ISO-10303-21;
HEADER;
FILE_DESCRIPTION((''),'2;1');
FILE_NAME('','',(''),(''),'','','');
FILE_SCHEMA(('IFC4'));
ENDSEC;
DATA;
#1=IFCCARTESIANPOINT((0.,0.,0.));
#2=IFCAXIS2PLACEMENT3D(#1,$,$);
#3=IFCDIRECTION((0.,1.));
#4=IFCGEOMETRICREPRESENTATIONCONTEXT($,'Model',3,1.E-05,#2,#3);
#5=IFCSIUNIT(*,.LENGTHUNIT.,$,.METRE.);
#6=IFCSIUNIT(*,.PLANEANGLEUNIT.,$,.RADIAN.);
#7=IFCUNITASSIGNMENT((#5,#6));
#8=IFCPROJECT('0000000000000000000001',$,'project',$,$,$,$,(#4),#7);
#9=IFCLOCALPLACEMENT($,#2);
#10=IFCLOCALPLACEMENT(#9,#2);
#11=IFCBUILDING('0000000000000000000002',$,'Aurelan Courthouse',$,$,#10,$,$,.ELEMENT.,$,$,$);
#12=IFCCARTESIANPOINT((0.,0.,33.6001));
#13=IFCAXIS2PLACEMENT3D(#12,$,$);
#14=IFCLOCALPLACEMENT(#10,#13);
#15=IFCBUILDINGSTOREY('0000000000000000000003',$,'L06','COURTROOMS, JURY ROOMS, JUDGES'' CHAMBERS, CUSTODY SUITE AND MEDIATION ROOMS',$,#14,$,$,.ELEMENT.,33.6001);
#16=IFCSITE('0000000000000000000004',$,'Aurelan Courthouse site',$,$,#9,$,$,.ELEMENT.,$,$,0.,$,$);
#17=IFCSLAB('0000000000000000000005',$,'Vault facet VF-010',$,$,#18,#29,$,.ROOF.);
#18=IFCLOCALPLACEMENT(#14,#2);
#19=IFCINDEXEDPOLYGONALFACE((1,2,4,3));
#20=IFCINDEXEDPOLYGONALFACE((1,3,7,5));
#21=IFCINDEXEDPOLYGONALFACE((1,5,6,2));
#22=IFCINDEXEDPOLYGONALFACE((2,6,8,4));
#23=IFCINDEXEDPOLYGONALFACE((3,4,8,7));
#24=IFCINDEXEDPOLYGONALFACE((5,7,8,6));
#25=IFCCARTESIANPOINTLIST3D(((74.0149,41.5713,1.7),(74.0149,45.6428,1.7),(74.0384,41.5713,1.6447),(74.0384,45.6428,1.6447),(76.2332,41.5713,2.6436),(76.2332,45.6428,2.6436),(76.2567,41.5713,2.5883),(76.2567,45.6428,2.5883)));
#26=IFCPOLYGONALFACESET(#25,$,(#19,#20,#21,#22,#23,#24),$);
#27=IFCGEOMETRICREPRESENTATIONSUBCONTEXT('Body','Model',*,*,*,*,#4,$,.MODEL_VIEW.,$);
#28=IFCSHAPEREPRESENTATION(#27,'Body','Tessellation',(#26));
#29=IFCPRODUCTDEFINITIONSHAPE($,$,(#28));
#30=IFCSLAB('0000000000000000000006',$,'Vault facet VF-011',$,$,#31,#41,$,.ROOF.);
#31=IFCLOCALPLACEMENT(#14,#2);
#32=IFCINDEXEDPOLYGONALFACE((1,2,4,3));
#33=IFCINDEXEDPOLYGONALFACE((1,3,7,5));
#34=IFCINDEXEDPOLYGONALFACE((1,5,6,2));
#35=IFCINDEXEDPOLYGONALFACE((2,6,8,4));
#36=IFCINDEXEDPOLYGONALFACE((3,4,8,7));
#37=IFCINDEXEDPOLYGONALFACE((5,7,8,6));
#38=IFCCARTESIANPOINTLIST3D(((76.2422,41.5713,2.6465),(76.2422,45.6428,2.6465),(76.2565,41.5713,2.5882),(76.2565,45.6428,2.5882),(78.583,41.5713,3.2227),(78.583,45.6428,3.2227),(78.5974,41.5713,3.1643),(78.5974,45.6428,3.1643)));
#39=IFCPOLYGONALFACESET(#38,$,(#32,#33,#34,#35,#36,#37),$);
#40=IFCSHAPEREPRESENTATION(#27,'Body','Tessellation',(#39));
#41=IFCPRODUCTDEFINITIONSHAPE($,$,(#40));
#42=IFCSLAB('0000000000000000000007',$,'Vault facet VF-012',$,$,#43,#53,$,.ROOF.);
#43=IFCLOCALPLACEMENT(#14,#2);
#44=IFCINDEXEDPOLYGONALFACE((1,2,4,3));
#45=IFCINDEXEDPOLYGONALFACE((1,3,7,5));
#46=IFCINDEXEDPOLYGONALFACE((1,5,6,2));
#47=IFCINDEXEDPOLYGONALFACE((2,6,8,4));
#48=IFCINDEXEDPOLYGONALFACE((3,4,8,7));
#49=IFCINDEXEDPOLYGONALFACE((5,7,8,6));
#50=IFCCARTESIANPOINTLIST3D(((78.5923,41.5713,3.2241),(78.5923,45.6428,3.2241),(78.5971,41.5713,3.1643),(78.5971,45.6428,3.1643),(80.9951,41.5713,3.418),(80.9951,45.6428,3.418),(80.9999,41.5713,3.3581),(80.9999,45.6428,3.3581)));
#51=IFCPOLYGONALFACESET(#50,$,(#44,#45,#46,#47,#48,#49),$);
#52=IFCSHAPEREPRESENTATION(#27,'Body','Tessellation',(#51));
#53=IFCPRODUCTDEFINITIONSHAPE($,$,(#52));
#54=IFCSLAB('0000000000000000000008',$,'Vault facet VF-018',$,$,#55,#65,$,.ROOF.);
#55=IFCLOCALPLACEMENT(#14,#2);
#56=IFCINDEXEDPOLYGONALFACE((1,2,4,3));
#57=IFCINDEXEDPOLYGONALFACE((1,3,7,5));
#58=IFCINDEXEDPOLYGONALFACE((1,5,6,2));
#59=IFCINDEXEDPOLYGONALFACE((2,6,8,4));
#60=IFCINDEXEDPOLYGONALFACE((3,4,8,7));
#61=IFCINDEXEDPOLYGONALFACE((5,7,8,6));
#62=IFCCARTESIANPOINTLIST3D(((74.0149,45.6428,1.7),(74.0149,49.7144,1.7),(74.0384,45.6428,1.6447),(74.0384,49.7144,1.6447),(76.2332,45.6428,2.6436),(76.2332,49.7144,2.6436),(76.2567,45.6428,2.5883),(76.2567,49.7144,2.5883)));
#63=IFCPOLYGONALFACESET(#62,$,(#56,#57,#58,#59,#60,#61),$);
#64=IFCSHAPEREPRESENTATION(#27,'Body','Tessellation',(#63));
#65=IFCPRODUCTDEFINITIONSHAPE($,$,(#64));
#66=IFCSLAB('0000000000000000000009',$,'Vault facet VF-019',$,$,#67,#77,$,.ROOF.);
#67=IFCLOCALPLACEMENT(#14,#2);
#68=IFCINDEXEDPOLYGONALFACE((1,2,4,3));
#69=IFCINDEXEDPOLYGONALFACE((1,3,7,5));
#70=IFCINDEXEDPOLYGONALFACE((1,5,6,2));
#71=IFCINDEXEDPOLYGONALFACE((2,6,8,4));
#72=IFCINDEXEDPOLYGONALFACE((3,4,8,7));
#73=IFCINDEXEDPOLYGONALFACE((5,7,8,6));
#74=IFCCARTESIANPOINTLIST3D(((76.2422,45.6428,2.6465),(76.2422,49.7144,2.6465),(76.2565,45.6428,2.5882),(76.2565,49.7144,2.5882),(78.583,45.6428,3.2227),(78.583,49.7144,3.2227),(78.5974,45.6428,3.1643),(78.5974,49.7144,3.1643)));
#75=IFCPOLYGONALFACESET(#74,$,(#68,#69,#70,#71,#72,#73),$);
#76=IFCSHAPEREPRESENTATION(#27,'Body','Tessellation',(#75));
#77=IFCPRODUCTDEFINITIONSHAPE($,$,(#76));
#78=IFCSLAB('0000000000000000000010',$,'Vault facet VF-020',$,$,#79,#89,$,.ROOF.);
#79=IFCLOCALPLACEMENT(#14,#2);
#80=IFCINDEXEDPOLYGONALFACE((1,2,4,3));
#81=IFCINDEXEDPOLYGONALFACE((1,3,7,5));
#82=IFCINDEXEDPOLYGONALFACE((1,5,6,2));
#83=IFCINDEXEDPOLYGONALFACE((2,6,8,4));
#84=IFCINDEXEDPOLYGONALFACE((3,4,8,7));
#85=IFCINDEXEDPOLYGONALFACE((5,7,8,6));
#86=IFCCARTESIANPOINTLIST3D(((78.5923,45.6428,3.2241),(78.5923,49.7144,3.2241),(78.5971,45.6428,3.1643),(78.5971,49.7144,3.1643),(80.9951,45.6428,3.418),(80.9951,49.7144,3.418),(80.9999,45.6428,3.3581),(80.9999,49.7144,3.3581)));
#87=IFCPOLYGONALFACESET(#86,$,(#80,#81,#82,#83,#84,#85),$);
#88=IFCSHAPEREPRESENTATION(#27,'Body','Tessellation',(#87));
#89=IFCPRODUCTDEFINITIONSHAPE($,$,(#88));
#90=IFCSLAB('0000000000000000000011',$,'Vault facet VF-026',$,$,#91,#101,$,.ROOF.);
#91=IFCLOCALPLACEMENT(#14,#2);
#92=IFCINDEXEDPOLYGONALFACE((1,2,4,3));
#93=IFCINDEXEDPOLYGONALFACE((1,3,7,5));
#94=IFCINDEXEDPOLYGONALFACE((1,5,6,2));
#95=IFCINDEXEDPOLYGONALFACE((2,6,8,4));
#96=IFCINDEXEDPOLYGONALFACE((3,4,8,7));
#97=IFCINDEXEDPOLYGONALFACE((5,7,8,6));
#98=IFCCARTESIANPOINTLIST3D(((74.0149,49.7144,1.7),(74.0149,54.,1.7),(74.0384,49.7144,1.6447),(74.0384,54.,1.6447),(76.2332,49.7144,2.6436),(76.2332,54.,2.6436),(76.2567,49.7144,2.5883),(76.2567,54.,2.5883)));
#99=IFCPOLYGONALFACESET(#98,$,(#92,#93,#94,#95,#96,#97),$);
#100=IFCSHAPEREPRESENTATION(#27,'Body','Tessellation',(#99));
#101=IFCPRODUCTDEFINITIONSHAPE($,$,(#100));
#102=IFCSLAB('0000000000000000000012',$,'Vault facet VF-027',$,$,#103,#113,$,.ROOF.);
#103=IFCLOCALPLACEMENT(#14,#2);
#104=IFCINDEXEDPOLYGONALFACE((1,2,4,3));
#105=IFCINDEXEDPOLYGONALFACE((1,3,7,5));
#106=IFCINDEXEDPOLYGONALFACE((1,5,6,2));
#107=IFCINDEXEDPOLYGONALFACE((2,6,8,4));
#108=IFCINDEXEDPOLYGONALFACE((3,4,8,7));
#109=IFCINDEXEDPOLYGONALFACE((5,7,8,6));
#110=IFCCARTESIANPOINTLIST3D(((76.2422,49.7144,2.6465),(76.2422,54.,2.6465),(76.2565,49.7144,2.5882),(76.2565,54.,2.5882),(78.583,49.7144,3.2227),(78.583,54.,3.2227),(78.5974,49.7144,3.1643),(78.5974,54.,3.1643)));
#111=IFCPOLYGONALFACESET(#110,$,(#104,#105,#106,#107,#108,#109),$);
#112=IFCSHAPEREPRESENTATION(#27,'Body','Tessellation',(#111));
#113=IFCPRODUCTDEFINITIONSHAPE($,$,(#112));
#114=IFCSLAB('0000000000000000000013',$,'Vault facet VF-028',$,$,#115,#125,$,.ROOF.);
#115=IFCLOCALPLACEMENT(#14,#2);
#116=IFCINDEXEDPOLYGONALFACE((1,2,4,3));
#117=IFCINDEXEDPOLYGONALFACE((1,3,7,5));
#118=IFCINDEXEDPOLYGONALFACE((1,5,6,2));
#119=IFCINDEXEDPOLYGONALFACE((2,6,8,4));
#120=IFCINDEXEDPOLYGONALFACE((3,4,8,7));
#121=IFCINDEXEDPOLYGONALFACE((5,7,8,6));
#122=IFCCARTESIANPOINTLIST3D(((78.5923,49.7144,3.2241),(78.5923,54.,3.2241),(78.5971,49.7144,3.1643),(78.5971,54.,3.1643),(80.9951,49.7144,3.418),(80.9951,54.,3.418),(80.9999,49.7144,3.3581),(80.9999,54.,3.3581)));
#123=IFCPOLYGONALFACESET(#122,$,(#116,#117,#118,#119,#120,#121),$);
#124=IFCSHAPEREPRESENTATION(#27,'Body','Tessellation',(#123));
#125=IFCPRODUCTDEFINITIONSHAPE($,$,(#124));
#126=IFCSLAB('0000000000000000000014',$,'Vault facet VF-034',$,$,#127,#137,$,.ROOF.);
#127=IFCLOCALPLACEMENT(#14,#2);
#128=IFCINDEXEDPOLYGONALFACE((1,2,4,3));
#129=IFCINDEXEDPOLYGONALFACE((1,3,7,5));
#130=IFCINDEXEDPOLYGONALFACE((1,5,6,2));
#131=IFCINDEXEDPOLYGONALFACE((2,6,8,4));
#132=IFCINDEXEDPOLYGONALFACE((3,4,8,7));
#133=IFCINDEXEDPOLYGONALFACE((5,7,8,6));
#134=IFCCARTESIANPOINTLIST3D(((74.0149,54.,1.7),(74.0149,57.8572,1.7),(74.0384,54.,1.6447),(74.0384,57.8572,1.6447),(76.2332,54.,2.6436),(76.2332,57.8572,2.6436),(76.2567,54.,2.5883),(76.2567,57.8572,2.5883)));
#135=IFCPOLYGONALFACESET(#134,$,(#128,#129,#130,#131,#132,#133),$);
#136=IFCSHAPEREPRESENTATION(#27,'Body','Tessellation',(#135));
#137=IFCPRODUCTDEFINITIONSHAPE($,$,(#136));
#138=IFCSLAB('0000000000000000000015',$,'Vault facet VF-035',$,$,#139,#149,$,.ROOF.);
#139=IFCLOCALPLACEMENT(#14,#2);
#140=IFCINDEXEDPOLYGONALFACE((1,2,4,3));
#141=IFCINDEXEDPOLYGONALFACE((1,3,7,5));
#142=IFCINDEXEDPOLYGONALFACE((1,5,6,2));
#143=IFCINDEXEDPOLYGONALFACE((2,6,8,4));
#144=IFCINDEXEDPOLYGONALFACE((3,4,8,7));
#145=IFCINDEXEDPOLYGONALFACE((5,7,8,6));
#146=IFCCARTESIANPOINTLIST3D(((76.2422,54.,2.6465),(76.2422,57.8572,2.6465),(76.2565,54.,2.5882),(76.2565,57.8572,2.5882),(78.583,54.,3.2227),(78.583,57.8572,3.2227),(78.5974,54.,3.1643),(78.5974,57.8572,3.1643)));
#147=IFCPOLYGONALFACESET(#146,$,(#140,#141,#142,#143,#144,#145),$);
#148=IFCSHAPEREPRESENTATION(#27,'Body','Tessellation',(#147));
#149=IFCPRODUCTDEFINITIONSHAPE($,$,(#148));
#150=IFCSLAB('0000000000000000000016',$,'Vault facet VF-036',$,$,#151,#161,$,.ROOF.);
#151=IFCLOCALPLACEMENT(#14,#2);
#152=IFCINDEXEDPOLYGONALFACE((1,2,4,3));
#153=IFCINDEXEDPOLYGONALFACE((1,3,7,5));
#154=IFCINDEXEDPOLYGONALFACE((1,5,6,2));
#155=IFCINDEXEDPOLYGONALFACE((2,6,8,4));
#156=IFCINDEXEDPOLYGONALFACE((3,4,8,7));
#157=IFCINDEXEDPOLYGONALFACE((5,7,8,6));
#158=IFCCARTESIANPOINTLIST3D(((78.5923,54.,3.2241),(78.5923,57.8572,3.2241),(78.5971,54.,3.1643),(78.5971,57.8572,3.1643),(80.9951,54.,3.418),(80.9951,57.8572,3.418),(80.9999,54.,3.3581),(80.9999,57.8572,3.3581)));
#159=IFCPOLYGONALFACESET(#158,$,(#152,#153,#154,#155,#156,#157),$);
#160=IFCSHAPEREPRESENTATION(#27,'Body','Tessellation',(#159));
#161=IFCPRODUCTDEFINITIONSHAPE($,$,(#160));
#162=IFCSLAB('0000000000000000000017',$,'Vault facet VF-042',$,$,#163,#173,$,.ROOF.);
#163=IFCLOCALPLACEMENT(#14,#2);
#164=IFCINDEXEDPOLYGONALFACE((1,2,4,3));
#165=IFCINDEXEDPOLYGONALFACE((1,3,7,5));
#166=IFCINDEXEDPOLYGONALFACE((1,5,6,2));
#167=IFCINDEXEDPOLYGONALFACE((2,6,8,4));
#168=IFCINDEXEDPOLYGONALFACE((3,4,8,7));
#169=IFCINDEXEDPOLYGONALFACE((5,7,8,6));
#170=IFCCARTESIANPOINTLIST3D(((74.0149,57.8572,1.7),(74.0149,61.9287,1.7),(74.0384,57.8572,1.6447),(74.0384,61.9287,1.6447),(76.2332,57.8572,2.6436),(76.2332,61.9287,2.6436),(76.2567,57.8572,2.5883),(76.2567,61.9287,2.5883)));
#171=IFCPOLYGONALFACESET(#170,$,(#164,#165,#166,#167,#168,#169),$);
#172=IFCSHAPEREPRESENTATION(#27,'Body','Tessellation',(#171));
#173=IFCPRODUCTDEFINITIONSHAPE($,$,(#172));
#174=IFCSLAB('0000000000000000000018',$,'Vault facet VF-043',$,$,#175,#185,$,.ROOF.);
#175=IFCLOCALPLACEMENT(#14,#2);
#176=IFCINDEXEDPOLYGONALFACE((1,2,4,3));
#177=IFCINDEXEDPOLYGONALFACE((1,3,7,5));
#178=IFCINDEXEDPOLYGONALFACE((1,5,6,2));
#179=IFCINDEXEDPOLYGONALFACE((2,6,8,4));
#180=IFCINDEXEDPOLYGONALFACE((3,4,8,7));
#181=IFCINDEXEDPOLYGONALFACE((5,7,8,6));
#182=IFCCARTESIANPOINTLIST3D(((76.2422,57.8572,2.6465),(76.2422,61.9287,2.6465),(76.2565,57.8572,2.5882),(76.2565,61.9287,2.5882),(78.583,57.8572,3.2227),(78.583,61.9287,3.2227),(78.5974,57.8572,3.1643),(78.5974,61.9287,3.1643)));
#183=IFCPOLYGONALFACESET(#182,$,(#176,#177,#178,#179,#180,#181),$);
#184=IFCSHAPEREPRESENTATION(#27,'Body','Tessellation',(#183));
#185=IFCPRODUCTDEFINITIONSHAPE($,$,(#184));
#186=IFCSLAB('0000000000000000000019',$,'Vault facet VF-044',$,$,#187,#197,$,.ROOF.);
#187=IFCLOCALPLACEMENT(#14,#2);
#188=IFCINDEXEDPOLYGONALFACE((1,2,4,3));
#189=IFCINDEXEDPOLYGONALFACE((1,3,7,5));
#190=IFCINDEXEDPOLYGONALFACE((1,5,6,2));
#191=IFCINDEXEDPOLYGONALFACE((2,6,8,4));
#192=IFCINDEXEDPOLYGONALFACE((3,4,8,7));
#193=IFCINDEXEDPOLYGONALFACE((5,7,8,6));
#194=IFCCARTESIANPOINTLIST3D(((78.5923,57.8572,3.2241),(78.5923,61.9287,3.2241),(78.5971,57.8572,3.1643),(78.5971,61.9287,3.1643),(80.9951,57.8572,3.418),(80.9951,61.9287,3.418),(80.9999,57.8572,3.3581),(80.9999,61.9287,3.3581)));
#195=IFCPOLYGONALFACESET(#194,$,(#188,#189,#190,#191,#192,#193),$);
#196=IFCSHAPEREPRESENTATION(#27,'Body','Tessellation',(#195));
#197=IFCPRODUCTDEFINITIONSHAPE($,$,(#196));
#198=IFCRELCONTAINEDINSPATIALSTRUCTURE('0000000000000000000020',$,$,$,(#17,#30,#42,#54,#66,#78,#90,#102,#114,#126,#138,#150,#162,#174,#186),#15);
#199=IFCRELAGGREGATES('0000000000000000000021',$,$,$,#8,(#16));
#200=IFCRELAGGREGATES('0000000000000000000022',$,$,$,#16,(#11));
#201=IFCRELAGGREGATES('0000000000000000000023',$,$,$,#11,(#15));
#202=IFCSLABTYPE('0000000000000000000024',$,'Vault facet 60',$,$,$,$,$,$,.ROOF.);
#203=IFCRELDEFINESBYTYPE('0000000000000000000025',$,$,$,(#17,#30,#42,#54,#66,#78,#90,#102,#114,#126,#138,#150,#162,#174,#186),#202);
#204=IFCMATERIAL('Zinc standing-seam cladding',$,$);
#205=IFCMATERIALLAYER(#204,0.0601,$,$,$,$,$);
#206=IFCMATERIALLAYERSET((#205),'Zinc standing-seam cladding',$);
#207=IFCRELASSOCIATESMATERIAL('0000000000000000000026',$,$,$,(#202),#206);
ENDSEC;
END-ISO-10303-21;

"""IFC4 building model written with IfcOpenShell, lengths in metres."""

from ifc_helpers import new_model, si_unit, direction, frame, origin, place, context, subcontext, project, spatial, polyline, outline, extrude, material, layer, layer_set, type_object, element, save


model = new_model("IFC4")

# Units and contexts
model_context = context("Model", 3, precision=1e-05, world=origin(), true_north=direction((0.0, 1.0)))
body_context = subcontext(model_context, "Body", "Model", "MODEL_VIEW")
ifc_project = project(units=[si_unit("LENGTHUNIT", "METRE"), si_unit("PLANEANGLEUNIT", "RADIAN")], contexts=[model_context])

# Site, building, storey
site_placement = place(None, origin())
site = spatial("IfcSite", under=ifc_project, at=site_placement, Name="Aurelan Courthouse site", CompositionType="ELEMENT", RefElevation=0.0)
building_placement = place(site_placement, origin())
building = spatial("IfcBuilding", under=site, at=building_placement, Name="Aurelan Courthouse", CompositionType="ELEMENT")
storey_placement = place(building_placement, frame((0.0, 0.0, 33.6001)))
storey = spatial("IfcBuildingStorey", under=building, at=storey_placement, Name="L06", Description="COURTROOMS, JURY ROOMS, JUDGES' CHAMBERS, CUSTODY SUITE AND MEDIATION ROOMS", CompositionType="ELEMENT", Elevation=33.6001)

# Slabs
ifc_material_1 = material(Name="Zinc standing-seam cladding")
ifc_layer_1 = layer(ifc_material_1, 0.0601)
ifc_layer_set_1 = layer_set([ifc_layer_1], Name="Zinc standing-seam cladding")
slab_type = type_object("IfcSlabType", Name="Vault facet 60", PredefinedType="ROOF", material=ifc_layer_set_1)
slab_1_placement = place(storey_placement, frame((74.0149, 41.5713, 1.7), z_axis=(-0.391437, 0.0, 0.920205), x_axis=(0.920205, 0.0, 0.391437)))
element("IfcSlab", 1, at=slab_1_placement, inside=storey, type_object=slab_type, Name="Vault facet VF-010", PredefinedType="ROOF", context=body_context, shape_type="SweptSolid", body=[
    extrude(outline(polyline([(0.0, 0.0), (2.4106, 0.0), (2.4106, 4.0715), (0.0, 4.0715), (0.0, 0.0)])), origin(), (0.0, 0.0, -1.0), 0.0601),
])
slab_2_placement = place(storey_placement, frame((76.2422, 41.5713, 2.6465), z_axis=(-0.239007, 0.0, 0.971018), x_axis=(0.971018, 0.0, 0.239007)))
element("IfcSlab", 2, at=slab_2_placement, inside=storey, type_object=slab_type, Name="Vault facet VF-011", PredefinedType="ROOF", context=body_context, shape_type="SweptSolid", body=[
    extrude(outline(polyline([(0.0, 0.0), (2.4107, 0.0), (2.4107, 4.0715), (0.0, 4.0715), (0.0, 0.0)])), origin(), (0.0, 0.0, -1.0), 0.0601),
])
slab_3_placement = place(storey_placement, frame((78.5923, 41.5713, 3.2241), z_axis=(-0.080413, 0.0, 0.996762), x_axis=(0.996762, 0.0, 0.080413)))
element("IfcSlab", 3, at=slab_3_placement, inside=storey, type_object=slab_type, Name="Vault facet VF-012", PredefinedType="ROOF", context=body_context, shape_type="SweptSolid", body=[
    extrude(outline(polyline([(0.0, 0.0), (2.4106, 0.0), (2.4106, 4.0715), (0.0, 4.0715), (0.0, 0.0)])), origin(), (0.0, 0.0, -1.0), 0.0601),
])
slab_4_placement = place(storey_placement, frame((74.0149, 45.6428, 1.7), z_axis=(-0.391437, 0.0, 0.920205), x_axis=(0.920205, 0.0, 0.391437)))
element("IfcSlab", 4, at=slab_4_placement, inside=storey, type_object=slab_type, Name="Vault facet VF-018", PredefinedType="ROOF", context=body_context, shape_type="SweptSolid", body=[
    extrude(outline(polyline([(0.0, 0.0), (2.4106, 0.0), (2.4106, 4.0715), (0.0, 4.0715), (0.0, 0.0)])), origin(), (0.0, 0.0, -1.0), 0.0601),
])
slab_5_placement = place(storey_placement, frame((76.2422, 45.6428, 2.6465), z_axis=(-0.239007, 0.0, 0.971018), x_axis=(0.971018, 0.0, 0.239007)))
element("IfcSlab", 5, at=slab_5_placement, inside=storey, type_object=slab_type, Name="Vault facet VF-019", PredefinedType="ROOF", context=body_context, shape_type="SweptSolid", body=[
    extrude(outline(polyline([(0.0, 0.0), (2.4107, 0.0), (2.4107, 4.0715), (0.0, 4.0715), (0.0, 0.0)])), origin(), (0.0, 0.0, -1.0), 0.0601),
])
slab_6_placement = place(storey_placement, frame((78.5923, 45.6428, 3.2241), z_axis=(-0.080413, 0.0, 0.996762), x_axis=(0.996762, 0.0, 0.080413)))
element("IfcSlab", 6, at=slab_6_placement, inside=storey, type_object=slab_type, Name="Vault facet VF-020", PredefinedType="ROOF", context=body_context, shape_type="SweptSolid", body=[
    extrude(outline(polyline([(0.0, 0.0), (2.4106, 0.0), (2.4106, 4.0715), (0.0, 4.0715), (0.0, 0.0)])), origin(), (0.0, 0.0, -1.0), 0.0601),
])
slab_7_placement = place(storey_placement, frame((74.0149, 49.7144, 1.7), z_axis=(-0.391437, 0.0, 0.920205), x_axis=(0.920205, 0.0, 0.391437)))
element("IfcSlab", 7, at=slab_7_placement, inside=storey, type_object=slab_type, Name="Vault facet VF-026", PredefinedType="ROOF", context=body_context, shape_type="SweptSolid", body=[
    extrude(outline(polyline([(0.0, 0.0), (2.4106, 0.0), (2.4106, 4.2856), (0.0, 4.2856), (0.0, 0.0)])), origin(), (0.0, 0.0, -1.0), 0.0601),
])
slab_8_placement = place(storey_placement, frame((76.2422, 49.7144, 2.6465), z_axis=(-0.239007, 0.0, 0.971018), x_axis=(0.971018, 0.0, 0.239007)))
element("IfcSlab", 8, at=slab_8_placement, inside=storey, type_object=slab_type, Name="Vault facet VF-027", PredefinedType="ROOF", context=body_context, shape_type="SweptSolid", body=[
    extrude(outline(polyline([(0.0, 0.0), (2.4107, 0.0), (2.4107, 4.2856), (0.0, 4.2856), (0.0, 0.0)])), origin(), (0.0, 0.0, -1.0), 0.0601),
])
slab_9_placement = place(storey_placement, frame((78.5923, 49.7144, 3.2241), z_axis=(-0.080413, 0.0, 0.996762), x_axis=(0.996762, 0.0, 0.080413)))
element("IfcSlab", 9, at=slab_9_placement, inside=storey, type_object=slab_type, Name="Vault facet VF-028", PredefinedType="ROOF", context=body_context, shape_type="SweptSolid", body=[
    extrude(outline(polyline([(0.0, 0.0), (2.4106, 0.0), (2.4106, 4.2856), (0.0, 4.2856), (0.0, 0.0)])), origin(), (0.0, 0.0, -1.0), 0.0601),
])
slab_10_placement = place(storey_placement, frame((74.0149, 54.0, 1.7), z_axis=(-0.391437, 0.0, 0.920205), x_axis=(0.920205, 0.0, 0.391437)))
element("IfcSlab", 10, at=slab_10_placement, inside=storey, type_object=slab_type, Name="Vault facet VF-034", PredefinedType="ROOF", context=body_context, shape_type="SweptSolid", body=[
    extrude(outline(polyline([(0.0, 0.0), (2.4106, 0.0), (2.4106, 3.8572), (0.0, 3.8572), (0.0, 0.0)])), origin(), (0.0, 0.0, -1.0), 0.0601),
])
slab_11_placement = place(storey_placement, frame((76.2422, 54.0, 2.6465), z_axis=(-0.239007, 0.0, 0.971018), x_axis=(0.971018, 0.0, 0.239007)))
element("IfcSlab", 11, at=slab_11_placement, inside=storey, type_object=slab_type, Name="Vault facet VF-035", PredefinedType="ROOF", context=body_context, shape_type="SweptSolid", body=[
    extrude(outline(polyline([(0.0, 0.0), (2.4107, 0.0), (2.4107, 3.8572), (0.0, 3.8572), (0.0, 0.0)])), origin(), (0.0, 0.0, -1.0), 0.0601),
])
slab_12_placement = place(storey_placement, frame((78.5923, 54.0, 3.2241), z_axis=(-0.080413, 0.0, 0.996762), x_axis=(0.996762, 0.0, 0.080413)))
element("IfcSlab", 12, at=slab_12_placement, inside=storey, type_object=slab_type, Name="Vault facet VF-036", PredefinedType="ROOF", context=body_context, shape_type="SweptSolid", body=[
    extrude(outline(polyline([(0.0, 0.0), (2.4106, 0.0), (2.4106, 3.8572), (0.0, 3.8572), (0.0, 0.0)])), origin(), (0.0, 0.0, -1.0), 0.0601),
])
slab_13_placement = place(storey_placement, frame((74.0149, 57.8572, 1.7), z_axis=(-0.391437, 0.0, 0.920205), x_axis=(0.920205, 0.0, 0.391437)))
element("IfcSlab", 13, at=slab_13_placement, inside=storey, type_object=slab_type, Name="Vault facet VF-042", PredefinedType="ROOF", context=body_context, shape_type="SweptSolid", body=[
    extrude(outline(polyline([(0.0, 0.0), (2.4106, 0.0), (2.4106, 4.0715), (0.0, 4.0715), (0.0, 0.0)])), origin(), (0.0, 0.0, -1.0), 0.0601),
])
slab_14_placement = place(storey_placement, frame((76.2422, 57.8572, 2.6465), z_axis=(-0.239007, 0.0, 0.971018), x_axis=(0.971018, 0.0, 0.239007)))
element("IfcSlab", 14, at=slab_14_placement, inside=storey, type_object=slab_type, Name="Vault facet VF-043", PredefinedType="ROOF", context=body_context, shape_type="SweptSolid", body=[
    extrude(outline(polyline([(0.0, 0.0), (2.4107, 0.0), (2.4107, 4.0715), (0.0, 4.0715), (0.0, 0.0)])), origin(), (0.0, 0.0, -1.0), 0.0601),
])
slab_15_placement = place(storey_placement, frame((78.5923, 57.8572, 3.2241), z_axis=(-0.080413, 0.0, 0.996762), x_axis=(0.996762, 0.0, 0.080413)))
element("IfcSlab", 15, at=slab_15_placement, inside=storey, type_object=slab_type, Name="Vault facet VF-044", PredefinedType="ROOF", context=body_context, shape_type="SweptSolid", body=[
    extrude(outline(polyline([(0.0, 0.0), (2.4106, 0.0), (2.4106, 4.0715), (0.0, 4.0715), (0.0, 0.0)])), origin(), (0.0, 0.0, -1.0), 0.0601),
])

save(model, "model.ifc")
